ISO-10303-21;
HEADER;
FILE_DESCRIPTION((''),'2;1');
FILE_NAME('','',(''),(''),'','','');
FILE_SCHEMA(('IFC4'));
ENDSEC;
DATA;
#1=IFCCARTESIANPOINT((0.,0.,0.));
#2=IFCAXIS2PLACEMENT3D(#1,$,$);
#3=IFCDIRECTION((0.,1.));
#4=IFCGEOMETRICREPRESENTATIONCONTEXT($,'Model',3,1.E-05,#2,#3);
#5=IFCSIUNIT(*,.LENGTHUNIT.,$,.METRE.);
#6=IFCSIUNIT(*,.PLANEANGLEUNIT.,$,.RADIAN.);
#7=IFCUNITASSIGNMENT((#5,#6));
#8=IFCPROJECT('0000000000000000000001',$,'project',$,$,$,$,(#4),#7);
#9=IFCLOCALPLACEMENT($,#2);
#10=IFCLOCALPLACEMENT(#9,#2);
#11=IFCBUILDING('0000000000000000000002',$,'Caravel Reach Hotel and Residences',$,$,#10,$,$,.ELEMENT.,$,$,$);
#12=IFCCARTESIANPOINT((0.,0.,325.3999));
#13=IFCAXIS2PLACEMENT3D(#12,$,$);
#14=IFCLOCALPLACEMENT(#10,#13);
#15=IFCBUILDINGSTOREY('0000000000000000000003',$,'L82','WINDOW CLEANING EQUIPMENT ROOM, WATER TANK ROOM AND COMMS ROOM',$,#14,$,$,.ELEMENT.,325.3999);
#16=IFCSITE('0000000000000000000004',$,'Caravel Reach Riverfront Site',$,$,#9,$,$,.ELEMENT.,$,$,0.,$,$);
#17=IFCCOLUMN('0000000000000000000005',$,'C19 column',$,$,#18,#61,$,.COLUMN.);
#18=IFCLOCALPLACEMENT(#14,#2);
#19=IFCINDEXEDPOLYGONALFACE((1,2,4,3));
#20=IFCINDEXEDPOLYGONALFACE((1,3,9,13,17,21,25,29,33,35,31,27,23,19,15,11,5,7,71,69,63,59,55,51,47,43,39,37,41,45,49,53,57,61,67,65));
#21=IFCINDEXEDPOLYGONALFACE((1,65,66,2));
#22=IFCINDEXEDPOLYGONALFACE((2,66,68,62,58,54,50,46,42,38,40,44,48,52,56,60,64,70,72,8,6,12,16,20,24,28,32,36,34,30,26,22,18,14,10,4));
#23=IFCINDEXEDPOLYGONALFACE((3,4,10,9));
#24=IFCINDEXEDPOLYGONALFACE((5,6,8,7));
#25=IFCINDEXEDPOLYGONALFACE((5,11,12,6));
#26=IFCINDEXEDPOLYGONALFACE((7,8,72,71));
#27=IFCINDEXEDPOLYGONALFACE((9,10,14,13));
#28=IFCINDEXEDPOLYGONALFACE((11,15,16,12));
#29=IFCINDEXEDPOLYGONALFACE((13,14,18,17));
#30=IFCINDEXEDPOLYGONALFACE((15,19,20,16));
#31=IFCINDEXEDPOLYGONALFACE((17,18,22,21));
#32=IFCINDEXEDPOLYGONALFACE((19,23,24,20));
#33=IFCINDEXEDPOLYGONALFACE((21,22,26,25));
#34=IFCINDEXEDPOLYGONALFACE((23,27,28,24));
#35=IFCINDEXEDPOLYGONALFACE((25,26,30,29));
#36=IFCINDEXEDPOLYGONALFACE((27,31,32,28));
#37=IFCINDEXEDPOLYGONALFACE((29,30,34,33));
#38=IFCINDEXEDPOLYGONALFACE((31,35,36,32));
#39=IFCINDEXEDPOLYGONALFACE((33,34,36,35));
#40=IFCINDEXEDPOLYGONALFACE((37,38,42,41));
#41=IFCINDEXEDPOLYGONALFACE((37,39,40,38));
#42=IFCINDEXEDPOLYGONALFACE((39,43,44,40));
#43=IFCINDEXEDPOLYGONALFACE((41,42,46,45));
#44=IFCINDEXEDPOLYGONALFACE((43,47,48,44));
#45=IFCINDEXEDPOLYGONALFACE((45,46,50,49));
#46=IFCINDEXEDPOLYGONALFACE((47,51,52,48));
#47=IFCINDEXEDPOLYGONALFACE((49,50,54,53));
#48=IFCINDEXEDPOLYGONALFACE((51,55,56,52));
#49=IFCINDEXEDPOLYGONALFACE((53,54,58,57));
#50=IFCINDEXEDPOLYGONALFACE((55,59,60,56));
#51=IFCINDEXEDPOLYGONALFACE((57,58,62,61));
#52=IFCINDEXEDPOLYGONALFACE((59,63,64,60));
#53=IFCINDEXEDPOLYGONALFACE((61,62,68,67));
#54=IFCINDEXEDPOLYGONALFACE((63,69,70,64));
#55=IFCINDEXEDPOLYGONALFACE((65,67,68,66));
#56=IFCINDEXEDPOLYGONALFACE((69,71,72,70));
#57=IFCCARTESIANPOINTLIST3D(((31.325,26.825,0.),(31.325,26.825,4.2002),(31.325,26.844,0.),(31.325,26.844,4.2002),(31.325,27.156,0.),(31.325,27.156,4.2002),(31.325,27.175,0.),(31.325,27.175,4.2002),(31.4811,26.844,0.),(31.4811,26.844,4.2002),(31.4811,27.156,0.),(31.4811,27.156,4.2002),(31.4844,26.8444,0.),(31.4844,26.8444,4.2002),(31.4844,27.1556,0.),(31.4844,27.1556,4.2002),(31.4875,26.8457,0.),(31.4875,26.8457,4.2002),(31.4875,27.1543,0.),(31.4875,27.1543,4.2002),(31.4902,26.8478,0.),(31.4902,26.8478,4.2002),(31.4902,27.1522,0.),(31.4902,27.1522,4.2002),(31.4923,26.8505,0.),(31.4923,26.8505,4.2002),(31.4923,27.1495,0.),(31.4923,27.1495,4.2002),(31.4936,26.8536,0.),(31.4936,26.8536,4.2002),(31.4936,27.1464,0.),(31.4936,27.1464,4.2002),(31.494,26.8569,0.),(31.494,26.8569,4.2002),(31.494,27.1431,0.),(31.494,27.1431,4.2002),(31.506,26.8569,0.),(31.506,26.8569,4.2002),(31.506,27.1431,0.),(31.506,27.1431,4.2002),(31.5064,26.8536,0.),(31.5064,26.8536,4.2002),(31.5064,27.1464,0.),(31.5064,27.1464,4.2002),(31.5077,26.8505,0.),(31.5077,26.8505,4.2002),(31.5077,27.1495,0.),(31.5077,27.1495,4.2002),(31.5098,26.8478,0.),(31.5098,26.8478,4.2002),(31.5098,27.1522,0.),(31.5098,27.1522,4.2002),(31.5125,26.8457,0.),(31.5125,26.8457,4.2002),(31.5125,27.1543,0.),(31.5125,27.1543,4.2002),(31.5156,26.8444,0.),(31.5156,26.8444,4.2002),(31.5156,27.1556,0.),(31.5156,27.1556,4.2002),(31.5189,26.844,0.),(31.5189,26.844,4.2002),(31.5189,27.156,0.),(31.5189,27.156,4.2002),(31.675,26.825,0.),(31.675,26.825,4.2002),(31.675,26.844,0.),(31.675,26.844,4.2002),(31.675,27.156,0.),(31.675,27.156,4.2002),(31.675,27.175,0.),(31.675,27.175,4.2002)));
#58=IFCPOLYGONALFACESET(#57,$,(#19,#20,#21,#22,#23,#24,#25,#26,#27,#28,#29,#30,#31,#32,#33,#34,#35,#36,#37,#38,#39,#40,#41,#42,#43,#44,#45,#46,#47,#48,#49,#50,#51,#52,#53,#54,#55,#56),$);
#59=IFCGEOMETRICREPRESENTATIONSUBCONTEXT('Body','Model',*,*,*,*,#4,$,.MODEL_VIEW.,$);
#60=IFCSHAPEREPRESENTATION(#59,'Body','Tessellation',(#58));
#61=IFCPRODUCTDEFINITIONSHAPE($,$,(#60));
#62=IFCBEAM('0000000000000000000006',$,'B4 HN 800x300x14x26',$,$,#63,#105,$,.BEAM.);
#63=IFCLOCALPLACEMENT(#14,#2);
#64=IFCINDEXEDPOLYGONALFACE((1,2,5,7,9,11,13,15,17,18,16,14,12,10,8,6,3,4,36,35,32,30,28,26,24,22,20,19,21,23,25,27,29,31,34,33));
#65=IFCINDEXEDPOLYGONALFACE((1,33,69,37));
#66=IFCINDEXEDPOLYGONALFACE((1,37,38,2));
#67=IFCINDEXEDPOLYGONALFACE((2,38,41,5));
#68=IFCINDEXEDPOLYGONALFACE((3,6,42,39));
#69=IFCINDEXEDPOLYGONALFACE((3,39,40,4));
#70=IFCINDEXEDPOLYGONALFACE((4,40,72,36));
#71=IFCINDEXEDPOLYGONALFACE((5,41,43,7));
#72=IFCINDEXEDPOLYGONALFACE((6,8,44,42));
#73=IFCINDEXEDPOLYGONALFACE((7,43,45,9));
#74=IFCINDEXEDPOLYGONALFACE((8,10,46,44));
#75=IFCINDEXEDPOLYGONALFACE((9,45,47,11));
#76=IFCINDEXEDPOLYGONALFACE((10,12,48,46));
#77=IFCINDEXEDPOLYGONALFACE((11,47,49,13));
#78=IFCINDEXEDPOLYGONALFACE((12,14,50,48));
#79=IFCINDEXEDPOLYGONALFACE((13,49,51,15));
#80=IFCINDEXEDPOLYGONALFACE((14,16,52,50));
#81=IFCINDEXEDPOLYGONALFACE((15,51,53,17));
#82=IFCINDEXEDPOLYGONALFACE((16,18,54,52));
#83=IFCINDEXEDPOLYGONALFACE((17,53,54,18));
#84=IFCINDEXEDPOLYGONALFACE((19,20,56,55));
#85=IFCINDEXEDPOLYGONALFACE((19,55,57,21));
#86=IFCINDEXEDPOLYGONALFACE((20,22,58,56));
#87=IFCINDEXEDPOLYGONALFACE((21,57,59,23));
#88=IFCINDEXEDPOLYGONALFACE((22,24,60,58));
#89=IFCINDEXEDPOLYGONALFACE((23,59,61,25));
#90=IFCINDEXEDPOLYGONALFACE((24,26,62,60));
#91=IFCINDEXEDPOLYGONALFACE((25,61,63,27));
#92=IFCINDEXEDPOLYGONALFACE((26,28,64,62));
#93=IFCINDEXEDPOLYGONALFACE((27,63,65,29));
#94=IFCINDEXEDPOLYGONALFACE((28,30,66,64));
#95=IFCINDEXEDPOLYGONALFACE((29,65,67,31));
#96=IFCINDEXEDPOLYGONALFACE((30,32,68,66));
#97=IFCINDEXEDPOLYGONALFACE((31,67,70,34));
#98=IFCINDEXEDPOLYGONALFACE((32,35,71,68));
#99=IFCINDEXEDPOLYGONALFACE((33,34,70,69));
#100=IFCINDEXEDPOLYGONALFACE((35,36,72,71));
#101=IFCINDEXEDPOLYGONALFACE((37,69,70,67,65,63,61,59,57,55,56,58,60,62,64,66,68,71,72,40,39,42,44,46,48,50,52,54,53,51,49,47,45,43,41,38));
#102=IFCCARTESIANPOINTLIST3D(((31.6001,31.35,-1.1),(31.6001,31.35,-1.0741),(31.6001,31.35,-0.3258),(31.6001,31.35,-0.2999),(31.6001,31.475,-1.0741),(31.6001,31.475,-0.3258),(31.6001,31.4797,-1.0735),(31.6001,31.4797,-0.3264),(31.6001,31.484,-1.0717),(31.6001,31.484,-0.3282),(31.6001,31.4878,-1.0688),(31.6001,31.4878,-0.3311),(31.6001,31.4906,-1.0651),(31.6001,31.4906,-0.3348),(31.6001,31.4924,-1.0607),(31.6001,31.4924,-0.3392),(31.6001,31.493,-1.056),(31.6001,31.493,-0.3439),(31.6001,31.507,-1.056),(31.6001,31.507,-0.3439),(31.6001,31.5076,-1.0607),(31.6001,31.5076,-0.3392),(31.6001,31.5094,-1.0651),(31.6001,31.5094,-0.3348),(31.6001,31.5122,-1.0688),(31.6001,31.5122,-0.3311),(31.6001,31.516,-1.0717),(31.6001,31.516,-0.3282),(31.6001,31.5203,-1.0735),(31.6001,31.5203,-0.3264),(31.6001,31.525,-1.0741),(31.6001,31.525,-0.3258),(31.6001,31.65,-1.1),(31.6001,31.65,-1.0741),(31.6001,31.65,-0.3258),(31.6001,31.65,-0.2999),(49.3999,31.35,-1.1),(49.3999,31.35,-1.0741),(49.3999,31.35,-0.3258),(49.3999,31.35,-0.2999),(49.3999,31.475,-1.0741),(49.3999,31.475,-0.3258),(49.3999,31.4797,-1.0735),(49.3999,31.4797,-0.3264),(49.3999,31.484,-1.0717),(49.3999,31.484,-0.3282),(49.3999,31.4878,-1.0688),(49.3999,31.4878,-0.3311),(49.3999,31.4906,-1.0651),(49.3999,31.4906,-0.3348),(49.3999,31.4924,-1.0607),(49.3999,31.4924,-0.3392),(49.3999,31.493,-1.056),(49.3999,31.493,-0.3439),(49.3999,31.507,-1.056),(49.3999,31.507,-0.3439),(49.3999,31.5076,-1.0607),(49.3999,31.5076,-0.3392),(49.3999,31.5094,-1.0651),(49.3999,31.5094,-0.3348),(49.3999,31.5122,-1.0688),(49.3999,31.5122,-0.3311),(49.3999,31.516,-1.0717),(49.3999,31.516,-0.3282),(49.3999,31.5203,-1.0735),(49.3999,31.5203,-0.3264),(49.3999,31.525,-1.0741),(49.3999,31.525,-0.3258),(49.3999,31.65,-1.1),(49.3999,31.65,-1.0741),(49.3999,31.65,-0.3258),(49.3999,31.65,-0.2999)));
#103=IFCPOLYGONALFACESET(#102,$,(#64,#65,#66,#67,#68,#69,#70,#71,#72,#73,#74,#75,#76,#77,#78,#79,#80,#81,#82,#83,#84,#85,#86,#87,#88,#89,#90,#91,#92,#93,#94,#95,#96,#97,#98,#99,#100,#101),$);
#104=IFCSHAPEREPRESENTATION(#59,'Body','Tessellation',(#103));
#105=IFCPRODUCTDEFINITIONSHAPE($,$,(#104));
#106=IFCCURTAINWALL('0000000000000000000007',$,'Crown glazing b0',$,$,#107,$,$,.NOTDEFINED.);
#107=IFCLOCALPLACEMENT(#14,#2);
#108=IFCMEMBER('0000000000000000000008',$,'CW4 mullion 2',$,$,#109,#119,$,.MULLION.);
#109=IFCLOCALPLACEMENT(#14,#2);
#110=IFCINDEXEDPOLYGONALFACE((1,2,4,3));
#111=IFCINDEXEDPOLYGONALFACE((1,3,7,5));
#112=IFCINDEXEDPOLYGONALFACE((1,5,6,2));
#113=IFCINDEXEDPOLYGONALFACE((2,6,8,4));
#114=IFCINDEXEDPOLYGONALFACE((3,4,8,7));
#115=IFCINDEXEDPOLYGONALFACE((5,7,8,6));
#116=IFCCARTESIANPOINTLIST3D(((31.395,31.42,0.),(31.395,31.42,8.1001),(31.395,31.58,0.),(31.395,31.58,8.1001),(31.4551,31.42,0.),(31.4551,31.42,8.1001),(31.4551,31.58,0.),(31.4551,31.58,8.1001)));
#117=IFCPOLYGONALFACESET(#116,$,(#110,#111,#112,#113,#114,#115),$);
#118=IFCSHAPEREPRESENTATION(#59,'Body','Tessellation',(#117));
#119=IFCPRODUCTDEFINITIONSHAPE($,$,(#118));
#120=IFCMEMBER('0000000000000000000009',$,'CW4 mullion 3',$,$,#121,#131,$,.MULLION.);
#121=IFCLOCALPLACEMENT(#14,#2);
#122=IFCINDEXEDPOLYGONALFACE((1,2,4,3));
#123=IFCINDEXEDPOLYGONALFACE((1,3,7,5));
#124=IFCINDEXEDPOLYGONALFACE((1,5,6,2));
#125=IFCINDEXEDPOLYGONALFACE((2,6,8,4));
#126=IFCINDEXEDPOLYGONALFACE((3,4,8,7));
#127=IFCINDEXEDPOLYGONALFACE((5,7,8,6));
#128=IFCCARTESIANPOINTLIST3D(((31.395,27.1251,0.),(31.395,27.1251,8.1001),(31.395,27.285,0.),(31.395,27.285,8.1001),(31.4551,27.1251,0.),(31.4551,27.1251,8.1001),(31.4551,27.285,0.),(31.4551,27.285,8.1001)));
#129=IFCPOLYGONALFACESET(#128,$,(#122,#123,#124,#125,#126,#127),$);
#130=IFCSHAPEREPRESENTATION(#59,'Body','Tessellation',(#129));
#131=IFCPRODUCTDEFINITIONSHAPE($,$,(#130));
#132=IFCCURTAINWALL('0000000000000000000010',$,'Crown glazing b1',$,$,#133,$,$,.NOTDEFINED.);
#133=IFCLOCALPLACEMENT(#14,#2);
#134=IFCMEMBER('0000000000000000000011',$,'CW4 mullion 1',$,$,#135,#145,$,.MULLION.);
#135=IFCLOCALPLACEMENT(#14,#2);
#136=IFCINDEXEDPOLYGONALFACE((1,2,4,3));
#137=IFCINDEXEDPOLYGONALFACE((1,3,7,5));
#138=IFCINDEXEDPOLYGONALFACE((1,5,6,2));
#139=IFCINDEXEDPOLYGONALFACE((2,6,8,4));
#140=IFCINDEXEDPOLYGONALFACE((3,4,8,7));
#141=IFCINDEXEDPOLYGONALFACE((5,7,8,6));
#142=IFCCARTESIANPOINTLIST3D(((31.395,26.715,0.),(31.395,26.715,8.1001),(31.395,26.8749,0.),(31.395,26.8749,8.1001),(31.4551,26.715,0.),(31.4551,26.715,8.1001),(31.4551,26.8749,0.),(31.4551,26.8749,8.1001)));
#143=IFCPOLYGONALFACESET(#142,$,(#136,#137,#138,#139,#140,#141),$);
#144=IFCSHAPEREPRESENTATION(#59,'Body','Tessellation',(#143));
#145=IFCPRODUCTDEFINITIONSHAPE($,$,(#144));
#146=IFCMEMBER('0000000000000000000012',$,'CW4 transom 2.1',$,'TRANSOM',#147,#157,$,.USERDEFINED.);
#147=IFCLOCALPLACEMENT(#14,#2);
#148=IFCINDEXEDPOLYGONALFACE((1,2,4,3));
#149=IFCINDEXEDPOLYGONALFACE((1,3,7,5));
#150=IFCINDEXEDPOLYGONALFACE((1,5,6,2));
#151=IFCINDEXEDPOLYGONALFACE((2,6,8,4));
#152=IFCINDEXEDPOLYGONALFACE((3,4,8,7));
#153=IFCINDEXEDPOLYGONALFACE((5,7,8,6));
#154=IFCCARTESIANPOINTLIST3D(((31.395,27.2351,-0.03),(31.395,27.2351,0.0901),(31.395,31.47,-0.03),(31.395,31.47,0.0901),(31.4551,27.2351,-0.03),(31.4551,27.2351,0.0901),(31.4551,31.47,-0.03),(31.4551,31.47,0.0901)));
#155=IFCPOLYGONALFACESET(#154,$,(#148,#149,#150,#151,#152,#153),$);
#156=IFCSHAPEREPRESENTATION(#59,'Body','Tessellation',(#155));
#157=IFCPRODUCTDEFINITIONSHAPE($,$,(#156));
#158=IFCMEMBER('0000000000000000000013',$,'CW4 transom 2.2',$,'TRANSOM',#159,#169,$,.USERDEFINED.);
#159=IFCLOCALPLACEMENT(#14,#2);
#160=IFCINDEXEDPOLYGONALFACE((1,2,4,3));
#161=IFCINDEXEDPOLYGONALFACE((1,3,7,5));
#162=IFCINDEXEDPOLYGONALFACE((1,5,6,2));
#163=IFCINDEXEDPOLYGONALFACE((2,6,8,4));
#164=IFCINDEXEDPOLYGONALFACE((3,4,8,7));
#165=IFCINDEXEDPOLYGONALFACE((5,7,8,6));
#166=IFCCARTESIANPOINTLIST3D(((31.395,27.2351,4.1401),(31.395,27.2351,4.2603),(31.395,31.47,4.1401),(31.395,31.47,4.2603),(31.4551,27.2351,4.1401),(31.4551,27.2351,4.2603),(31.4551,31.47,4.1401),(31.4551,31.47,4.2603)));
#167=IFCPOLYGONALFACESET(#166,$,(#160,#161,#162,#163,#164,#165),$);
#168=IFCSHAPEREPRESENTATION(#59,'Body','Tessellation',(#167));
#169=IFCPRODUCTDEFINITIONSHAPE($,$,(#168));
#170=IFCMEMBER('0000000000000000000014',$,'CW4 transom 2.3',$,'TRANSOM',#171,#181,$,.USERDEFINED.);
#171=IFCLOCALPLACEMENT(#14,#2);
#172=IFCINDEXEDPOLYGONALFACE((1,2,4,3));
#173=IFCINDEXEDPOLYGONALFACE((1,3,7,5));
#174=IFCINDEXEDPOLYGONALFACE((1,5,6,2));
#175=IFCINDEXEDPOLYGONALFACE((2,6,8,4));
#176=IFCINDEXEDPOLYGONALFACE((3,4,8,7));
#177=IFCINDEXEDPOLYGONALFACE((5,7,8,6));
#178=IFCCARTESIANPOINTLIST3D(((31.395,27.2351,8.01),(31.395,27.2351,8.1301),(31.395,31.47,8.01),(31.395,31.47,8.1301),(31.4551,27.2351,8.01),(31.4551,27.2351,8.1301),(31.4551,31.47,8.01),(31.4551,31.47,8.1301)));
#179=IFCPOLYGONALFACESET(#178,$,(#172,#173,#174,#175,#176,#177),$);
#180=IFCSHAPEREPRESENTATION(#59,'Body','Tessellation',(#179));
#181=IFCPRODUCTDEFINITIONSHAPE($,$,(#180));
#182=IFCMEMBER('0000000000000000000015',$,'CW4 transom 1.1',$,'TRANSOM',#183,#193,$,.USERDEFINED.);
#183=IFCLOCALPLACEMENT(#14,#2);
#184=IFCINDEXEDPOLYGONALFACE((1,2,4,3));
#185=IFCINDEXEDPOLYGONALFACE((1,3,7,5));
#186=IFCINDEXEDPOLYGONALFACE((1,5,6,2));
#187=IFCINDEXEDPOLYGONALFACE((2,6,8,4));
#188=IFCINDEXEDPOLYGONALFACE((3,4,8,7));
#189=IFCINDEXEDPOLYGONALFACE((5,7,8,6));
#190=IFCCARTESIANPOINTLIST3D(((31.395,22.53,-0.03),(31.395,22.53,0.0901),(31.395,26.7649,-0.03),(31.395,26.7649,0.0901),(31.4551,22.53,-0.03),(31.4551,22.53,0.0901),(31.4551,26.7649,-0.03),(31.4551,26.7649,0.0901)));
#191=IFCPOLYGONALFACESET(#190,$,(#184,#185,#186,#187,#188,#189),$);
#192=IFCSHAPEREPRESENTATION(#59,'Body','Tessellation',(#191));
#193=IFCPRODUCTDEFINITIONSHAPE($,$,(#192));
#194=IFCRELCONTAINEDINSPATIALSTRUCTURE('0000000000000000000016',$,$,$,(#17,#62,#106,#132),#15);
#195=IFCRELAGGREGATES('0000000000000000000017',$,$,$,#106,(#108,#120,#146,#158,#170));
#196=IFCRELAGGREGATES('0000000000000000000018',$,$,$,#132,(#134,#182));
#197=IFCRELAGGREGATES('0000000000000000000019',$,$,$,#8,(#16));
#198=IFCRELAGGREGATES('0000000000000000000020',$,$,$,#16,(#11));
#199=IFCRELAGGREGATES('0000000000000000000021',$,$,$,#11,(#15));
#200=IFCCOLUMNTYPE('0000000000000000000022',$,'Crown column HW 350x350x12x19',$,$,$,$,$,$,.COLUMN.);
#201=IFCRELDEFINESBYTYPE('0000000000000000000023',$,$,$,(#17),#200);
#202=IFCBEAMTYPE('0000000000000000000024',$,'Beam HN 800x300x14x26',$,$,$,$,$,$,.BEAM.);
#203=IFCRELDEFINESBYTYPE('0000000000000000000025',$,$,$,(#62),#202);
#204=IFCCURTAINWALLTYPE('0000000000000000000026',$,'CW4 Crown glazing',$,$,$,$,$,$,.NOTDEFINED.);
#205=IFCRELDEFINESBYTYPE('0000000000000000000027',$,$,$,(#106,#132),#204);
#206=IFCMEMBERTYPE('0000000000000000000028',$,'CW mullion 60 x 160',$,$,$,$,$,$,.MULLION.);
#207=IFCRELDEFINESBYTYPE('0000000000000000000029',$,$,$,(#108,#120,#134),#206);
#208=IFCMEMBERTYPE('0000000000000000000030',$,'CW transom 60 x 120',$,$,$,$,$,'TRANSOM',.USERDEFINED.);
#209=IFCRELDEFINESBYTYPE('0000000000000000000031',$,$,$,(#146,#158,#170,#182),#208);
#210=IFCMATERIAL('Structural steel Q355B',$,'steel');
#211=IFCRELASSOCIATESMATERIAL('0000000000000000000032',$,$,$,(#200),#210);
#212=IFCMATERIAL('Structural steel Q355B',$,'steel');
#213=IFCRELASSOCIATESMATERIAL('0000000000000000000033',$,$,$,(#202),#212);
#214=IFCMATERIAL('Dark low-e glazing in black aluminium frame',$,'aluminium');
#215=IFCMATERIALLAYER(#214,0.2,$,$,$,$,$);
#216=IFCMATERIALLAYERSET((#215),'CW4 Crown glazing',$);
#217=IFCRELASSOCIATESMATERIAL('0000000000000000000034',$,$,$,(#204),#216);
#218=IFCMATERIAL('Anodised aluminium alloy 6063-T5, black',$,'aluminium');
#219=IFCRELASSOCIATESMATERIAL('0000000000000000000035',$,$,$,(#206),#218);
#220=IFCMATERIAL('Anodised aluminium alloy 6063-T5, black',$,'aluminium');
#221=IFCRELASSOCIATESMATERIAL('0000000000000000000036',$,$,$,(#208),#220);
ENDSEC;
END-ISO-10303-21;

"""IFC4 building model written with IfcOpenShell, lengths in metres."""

from ifc_helpers import new_model, si_unit, direction, frame, origin, origin_2d, place, context, subcontext, project, spatial, rectangle, i_section, extrude, material, layer, layer_set, material_profile, profile_set, type_object, element, aggregate, save


model = new_model("IFC4")

# Units and contexts
model_context = context("Model", 3, precision=1e-05, world=origin(), true_north=direction((0.0, 1.0)))
body_context = subcontext(model_context, "Body", "Model", "MODEL_VIEW")
ifc_project = project(units=[si_unit("LENGTHUNIT", "METRE"), si_unit("PLANEANGLEUNIT", "RADIAN")], contexts=[model_context])

# Site, building, storey
site_placement = place(None, origin())
site = spatial("IfcSite", under=ifc_project, at=site_placement, Name="Caravel Reach Riverfront Site", CompositionType="ELEMENT", RefElevation=0.0)
building_placement = place(site_placement, origin())
building = spatial("IfcBuilding", under=site, at=building_placement, Name="Caravel Reach Hotel and Residences", CompositionType="ELEMENT")
storey_placement = place(building_placement, frame((0.0, 0.0, 325.3999)))
storey = spatial("IfcBuildingStorey", under=building, at=storey_placement, Name="L82", Description="WINDOW CLEANING EQUIPMENT ROOM, WATER TANK ROOM AND COMMS ROOM", CompositionType="ELEMENT", Elevation=325.3999)

# Column
ifc_material_1 = material(Name="Structural steel Q355B", Category="steel")
ifc_material_profile_1 = material_profile(ifc_material_1, i_section(OverallWidth=0.3501, OverallDepth=0.3501, WebThickness=0.012, FlangeThickness=0.019, FilletRadius=0.0129, at=origin_2d()), Name="HW 350x350x12x19")
ifc_profile_set_1 = profile_set([ifc_material_profile_1], Name="Structural steel Q355B")
column_type = type_object("IfcColumnType", Name="Crown column HW 350x350x12x19", PredefinedType="COLUMN", material=ifc_profile_set_1)
column_placement = place(storey_placement, frame((31.5, 27.0, 0.0), z_axis=(0.0, 0.0, 1.0), x_axis=(1.0, 0.0, 0.0)))
element("IfcColumn", 1, at=column_placement, inside=storey, type_object=column_type, Name="C19 column", PredefinedType="COLUMN", context=body_context, shape_type="SweptSolid", body=[
    extrude(i_section(OverallWidth=0.3501, OverallDepth=0.3501, WebThickness=0.012, FlangeThickness=0.019, FilletRadius=0.0129, at=origin_2d()), origin(), (0.0, 0.0, 1.0), 4.2002),
])

# Beam
ifc_material_2 = material(Name="Structural steel Q355B", Category="steel")
ifc_material_profile_2 = material_profile(ifc_material_2, i_section(OverallWidth=0.3, OverallDepth=0.8, WebThickness=0.0139, FlangeThickness=0.0259, FilletRadius=0.0181, at=origin_2d()), Name="HN 800x300x14x26")
ifc_profile_set_2 = profile_set([ifc_material_profile_2], Name="Structural steel Q355B")
beam_type_1 = type_object("IfcBeamType", Name="Beam HN 800x300x14x26", PredefinedType="BEAM", material=ifc_profile_set_2)
beam_1_placement = place(storey_placement, frame((31.6001, 31.5, -0.7), z_axis=(1.0, 0.0, 0.0), x_axis=(0.0, 1.0, 0.0)))
element("IfcBeam", 2, at=beam_1_placement, inside=storey, type_object=beam_type_1, Name="B4 HN 800x300x14x26", PredefinedType="BEAM", context=body_context, shape_type="SweptSolid", body=[
    extrude(i_section(OverallWidth=0.3, OverallDepth=0.8, WebThickness=0.0139, FlangeThickness=0.0259, FilletRadius=0.0181, at=origin_2d()), origin(), (0.0, 0.0, 1.0), 17.7998),
])

# Curtain wall, members
ifc_material_3 = material(Name="Dark low-e glazing in black aluminium frame", Category="aluminium")
ifc_layer_1 = layer(ifc_material_3, 0.2)
ifc_layer_set_1 = layer_set([ifc_layer_1], Name="CW4 Crown glazing")
curtain_wall_type = type_object("IfcCurtainWallType", Name="CW4 Crown glazing", PredefinedType="NOTDEFINED", material=ifc_layer_set_1)
curtain_wall_1_placement = place(storey_placement, origin())
curtain_wall_1 = element("IfcCurtainWall", 3, at=curtain_wall_1_placement, inside=storey, type_object=curtain_wall_type, Name="Crown glazing b0", PredefinedType="NOTDEFINED")
ifc_material_4 = material(Name="Anodised aluminium alloy 6063-T5, black", Category="aluminium")
ifc_material_profile_3 = material_profile(ifc_material_4, rectangle(XDim=0.0601, YDim=0.1599, at=origin_2d()), Name="CW mullion 60 x 160")
ifc_profile_set_3 = profile_set([ifc_material_profile_3], Name="Anodised aluminium alloy 6063-T5, black")
member_type_1 = type_object("IfcMemberType", Name="CW mullion 60 x 160", PredefinedType="MULLION", material=ifc_profile_set_3)
member_1_placement = place(storey_placement, frame((31.425, 31.5, 0.0), z_axis=(0.0, 0.0, 1.0), x_axis=(1.0, 0.0, 0.0)))
member_1 = element("IfcMember", 4, at=member_1_placement, type_object=member_type_1, Name="CW4 mullion 2", PredefinedType="MULLION", context=body_context, shape_type="SweptSolid", body=[
    extrude(rectangle(XDim=0.0601, YDim=0.1599, at=origin_2d()), origin(), (0.0, 0.0, 1.0), 8.1001),
])
member_2_placement = place(storey_placement, frame((31.425, 27.2051, 0.0), z_axis=(0.0, 0.0, 1.0), x_axis=(1.0, 0.0, 0.0)))
member_2 = element("IfcMember", 5, at=member_2_placement, type_object=member_type_1, Name="CW4 mullion 3", PredefinedType="MULLION", context=body_context, shape_type="SweptSolid", body=[
    extrude(rectangle(XDim=0.0601, YDim=0.1599, at=origin_2d()), origin(), (0.0, 0.0, 1.0), 8.1001),
])

# Curtain wall, member
curtain_wall_2_placement = place(storey_placement, origin())
curtain_wall_2 = element("IfcCurtainWall", 6, at=curtain_wall_2_placement, inside=storey, type_object=curtain_wall_type, Name="Crown glazing b1", PredefinedType="NOTDEFINED")
member_3_placement = place(storey_placement, frame((31.425, 26.7949, 0.0), z_axis=(0.0, 0.0, 1.0), x_axis=(1.0, 0.0, 0.0)))
member_3 = element("IfcMember", 7, at=member_3_placement, type_object=member_type_1, Name="CW4 mullion 1", PredefinedType="MULLION", context=body_context, shape_type="SweptSolid", body=[
    extrude(rectangle(XDim=0.0601, YDim=0.1599, at=origin_2d()), origin(), (0.0, 0.0, 1.0), 8.1001),
])

# Members
ifc_material_5 = material(Name="Anodised aluminium alloy 6063-T5, black", Category="aluminium")
ifc_material_profile_4 = material_profile(ifc_material_5, rectangle(XDim=0.0601, YDim=0.1201, at=origin_2d()), Name="CW transom 60 x 120")
ifc_profile_set_4 = profile_set([ifc_material_profile_4], Name="Anodised aluminium alloy 6063-T5, black")
member_type_2 = type_object("IfcMemberType", Name="CW transom 60 x 120", ElementType="TRANSOM", PredefinedType="USERDEFINED", material=ifc_profile_set_4)
member_4_placement = place(storey_placement, frame((31.425, 31.47, 0.03), z_axis=(0.0, -1.0, 0.0), x_axis=(1.0, 0.0, 0.0)))
member_4 = element("IfcMember", 8, at=member_4_placement, type_object=member_type_2, Name="CW4 transom 2.1", ObjectType="TRANSOM", PredefinedType="USERDEFINED", context=body_context, shape_type="SweptSolid", body=[
    extrude(rectangle(XDim=0.0601, YDim=0.1201, at=origin_2d()), origin(), (0.0, 0.0, 1.0), 4.2349),
])
member_5_placement = place(storey_placement, frame((31.425, 31.47, 4.2002), z_axis=(0.0, -1.0, 0.0), x_axis=(1.0, 0.0, 0.0)))
member_5 = element("IfcMember", 9, at=member_5_placement, type_object=member_type_2, Name="CW4 transom 2.2", ObjectType="TRANSOM", PredefinedType="USERDEFINED", context=body_context, shape_type="SweptSolid", body=[
    extrude(rectangle(XDim=0.0601, YDim=0.1201, at=origin_2d()), origin(), (0.0, 0.0, 1.0), 4.2349),
])
member_6_placement = place(storey_placement, frame((31.425, 31.47, 8.0701), z_axis=(0.0, -1.0, 0.0), x_axis=(1.0, 0.0, 0.0)))
member_6 = element("IfcMember", 10, at=member_6_placement, type_object=member_type_2, Name="CW4 transom 2.3", ObjectType="TRANSOM", PredefinedType="USERDEFINED", context=body_context, shape_type="SweptSolid", body=[
    extrude(rectangle(XDim=0.0601, YDim=0.1201, at=origin_2d()), origin(), (0.0, 0.0, 1.0), 4.2349),
])
member_7_placement = place(storey_placement, frame((31.425, 26.7649, 0.03), z_axis=(0.0, -1.0, 0.0), x_axis=(1.0, 0.0, 0.0)))
member_7 = element("IfcMember", 11, at=member_7_placement, type_object=member_type_2, Name="CW4 transom 1.1", ObjectType="TRANSOM", PredefinedType="USERDEFINED", context=body_context, shape_type="SweptSolid", body=[
    extrude(rectangle(XDim=0.0601, YDim=0.1201, at=origin_2d()), origin(), (0.0, 0.0, 1.0), 4.2349),
])

aggregate(curtain_wall_1, [member_1, member_2, member_4, member_5, member_6])
aggregate(curtain_wall_2, [member_3, member_7])

save(model, "model.ifc")
